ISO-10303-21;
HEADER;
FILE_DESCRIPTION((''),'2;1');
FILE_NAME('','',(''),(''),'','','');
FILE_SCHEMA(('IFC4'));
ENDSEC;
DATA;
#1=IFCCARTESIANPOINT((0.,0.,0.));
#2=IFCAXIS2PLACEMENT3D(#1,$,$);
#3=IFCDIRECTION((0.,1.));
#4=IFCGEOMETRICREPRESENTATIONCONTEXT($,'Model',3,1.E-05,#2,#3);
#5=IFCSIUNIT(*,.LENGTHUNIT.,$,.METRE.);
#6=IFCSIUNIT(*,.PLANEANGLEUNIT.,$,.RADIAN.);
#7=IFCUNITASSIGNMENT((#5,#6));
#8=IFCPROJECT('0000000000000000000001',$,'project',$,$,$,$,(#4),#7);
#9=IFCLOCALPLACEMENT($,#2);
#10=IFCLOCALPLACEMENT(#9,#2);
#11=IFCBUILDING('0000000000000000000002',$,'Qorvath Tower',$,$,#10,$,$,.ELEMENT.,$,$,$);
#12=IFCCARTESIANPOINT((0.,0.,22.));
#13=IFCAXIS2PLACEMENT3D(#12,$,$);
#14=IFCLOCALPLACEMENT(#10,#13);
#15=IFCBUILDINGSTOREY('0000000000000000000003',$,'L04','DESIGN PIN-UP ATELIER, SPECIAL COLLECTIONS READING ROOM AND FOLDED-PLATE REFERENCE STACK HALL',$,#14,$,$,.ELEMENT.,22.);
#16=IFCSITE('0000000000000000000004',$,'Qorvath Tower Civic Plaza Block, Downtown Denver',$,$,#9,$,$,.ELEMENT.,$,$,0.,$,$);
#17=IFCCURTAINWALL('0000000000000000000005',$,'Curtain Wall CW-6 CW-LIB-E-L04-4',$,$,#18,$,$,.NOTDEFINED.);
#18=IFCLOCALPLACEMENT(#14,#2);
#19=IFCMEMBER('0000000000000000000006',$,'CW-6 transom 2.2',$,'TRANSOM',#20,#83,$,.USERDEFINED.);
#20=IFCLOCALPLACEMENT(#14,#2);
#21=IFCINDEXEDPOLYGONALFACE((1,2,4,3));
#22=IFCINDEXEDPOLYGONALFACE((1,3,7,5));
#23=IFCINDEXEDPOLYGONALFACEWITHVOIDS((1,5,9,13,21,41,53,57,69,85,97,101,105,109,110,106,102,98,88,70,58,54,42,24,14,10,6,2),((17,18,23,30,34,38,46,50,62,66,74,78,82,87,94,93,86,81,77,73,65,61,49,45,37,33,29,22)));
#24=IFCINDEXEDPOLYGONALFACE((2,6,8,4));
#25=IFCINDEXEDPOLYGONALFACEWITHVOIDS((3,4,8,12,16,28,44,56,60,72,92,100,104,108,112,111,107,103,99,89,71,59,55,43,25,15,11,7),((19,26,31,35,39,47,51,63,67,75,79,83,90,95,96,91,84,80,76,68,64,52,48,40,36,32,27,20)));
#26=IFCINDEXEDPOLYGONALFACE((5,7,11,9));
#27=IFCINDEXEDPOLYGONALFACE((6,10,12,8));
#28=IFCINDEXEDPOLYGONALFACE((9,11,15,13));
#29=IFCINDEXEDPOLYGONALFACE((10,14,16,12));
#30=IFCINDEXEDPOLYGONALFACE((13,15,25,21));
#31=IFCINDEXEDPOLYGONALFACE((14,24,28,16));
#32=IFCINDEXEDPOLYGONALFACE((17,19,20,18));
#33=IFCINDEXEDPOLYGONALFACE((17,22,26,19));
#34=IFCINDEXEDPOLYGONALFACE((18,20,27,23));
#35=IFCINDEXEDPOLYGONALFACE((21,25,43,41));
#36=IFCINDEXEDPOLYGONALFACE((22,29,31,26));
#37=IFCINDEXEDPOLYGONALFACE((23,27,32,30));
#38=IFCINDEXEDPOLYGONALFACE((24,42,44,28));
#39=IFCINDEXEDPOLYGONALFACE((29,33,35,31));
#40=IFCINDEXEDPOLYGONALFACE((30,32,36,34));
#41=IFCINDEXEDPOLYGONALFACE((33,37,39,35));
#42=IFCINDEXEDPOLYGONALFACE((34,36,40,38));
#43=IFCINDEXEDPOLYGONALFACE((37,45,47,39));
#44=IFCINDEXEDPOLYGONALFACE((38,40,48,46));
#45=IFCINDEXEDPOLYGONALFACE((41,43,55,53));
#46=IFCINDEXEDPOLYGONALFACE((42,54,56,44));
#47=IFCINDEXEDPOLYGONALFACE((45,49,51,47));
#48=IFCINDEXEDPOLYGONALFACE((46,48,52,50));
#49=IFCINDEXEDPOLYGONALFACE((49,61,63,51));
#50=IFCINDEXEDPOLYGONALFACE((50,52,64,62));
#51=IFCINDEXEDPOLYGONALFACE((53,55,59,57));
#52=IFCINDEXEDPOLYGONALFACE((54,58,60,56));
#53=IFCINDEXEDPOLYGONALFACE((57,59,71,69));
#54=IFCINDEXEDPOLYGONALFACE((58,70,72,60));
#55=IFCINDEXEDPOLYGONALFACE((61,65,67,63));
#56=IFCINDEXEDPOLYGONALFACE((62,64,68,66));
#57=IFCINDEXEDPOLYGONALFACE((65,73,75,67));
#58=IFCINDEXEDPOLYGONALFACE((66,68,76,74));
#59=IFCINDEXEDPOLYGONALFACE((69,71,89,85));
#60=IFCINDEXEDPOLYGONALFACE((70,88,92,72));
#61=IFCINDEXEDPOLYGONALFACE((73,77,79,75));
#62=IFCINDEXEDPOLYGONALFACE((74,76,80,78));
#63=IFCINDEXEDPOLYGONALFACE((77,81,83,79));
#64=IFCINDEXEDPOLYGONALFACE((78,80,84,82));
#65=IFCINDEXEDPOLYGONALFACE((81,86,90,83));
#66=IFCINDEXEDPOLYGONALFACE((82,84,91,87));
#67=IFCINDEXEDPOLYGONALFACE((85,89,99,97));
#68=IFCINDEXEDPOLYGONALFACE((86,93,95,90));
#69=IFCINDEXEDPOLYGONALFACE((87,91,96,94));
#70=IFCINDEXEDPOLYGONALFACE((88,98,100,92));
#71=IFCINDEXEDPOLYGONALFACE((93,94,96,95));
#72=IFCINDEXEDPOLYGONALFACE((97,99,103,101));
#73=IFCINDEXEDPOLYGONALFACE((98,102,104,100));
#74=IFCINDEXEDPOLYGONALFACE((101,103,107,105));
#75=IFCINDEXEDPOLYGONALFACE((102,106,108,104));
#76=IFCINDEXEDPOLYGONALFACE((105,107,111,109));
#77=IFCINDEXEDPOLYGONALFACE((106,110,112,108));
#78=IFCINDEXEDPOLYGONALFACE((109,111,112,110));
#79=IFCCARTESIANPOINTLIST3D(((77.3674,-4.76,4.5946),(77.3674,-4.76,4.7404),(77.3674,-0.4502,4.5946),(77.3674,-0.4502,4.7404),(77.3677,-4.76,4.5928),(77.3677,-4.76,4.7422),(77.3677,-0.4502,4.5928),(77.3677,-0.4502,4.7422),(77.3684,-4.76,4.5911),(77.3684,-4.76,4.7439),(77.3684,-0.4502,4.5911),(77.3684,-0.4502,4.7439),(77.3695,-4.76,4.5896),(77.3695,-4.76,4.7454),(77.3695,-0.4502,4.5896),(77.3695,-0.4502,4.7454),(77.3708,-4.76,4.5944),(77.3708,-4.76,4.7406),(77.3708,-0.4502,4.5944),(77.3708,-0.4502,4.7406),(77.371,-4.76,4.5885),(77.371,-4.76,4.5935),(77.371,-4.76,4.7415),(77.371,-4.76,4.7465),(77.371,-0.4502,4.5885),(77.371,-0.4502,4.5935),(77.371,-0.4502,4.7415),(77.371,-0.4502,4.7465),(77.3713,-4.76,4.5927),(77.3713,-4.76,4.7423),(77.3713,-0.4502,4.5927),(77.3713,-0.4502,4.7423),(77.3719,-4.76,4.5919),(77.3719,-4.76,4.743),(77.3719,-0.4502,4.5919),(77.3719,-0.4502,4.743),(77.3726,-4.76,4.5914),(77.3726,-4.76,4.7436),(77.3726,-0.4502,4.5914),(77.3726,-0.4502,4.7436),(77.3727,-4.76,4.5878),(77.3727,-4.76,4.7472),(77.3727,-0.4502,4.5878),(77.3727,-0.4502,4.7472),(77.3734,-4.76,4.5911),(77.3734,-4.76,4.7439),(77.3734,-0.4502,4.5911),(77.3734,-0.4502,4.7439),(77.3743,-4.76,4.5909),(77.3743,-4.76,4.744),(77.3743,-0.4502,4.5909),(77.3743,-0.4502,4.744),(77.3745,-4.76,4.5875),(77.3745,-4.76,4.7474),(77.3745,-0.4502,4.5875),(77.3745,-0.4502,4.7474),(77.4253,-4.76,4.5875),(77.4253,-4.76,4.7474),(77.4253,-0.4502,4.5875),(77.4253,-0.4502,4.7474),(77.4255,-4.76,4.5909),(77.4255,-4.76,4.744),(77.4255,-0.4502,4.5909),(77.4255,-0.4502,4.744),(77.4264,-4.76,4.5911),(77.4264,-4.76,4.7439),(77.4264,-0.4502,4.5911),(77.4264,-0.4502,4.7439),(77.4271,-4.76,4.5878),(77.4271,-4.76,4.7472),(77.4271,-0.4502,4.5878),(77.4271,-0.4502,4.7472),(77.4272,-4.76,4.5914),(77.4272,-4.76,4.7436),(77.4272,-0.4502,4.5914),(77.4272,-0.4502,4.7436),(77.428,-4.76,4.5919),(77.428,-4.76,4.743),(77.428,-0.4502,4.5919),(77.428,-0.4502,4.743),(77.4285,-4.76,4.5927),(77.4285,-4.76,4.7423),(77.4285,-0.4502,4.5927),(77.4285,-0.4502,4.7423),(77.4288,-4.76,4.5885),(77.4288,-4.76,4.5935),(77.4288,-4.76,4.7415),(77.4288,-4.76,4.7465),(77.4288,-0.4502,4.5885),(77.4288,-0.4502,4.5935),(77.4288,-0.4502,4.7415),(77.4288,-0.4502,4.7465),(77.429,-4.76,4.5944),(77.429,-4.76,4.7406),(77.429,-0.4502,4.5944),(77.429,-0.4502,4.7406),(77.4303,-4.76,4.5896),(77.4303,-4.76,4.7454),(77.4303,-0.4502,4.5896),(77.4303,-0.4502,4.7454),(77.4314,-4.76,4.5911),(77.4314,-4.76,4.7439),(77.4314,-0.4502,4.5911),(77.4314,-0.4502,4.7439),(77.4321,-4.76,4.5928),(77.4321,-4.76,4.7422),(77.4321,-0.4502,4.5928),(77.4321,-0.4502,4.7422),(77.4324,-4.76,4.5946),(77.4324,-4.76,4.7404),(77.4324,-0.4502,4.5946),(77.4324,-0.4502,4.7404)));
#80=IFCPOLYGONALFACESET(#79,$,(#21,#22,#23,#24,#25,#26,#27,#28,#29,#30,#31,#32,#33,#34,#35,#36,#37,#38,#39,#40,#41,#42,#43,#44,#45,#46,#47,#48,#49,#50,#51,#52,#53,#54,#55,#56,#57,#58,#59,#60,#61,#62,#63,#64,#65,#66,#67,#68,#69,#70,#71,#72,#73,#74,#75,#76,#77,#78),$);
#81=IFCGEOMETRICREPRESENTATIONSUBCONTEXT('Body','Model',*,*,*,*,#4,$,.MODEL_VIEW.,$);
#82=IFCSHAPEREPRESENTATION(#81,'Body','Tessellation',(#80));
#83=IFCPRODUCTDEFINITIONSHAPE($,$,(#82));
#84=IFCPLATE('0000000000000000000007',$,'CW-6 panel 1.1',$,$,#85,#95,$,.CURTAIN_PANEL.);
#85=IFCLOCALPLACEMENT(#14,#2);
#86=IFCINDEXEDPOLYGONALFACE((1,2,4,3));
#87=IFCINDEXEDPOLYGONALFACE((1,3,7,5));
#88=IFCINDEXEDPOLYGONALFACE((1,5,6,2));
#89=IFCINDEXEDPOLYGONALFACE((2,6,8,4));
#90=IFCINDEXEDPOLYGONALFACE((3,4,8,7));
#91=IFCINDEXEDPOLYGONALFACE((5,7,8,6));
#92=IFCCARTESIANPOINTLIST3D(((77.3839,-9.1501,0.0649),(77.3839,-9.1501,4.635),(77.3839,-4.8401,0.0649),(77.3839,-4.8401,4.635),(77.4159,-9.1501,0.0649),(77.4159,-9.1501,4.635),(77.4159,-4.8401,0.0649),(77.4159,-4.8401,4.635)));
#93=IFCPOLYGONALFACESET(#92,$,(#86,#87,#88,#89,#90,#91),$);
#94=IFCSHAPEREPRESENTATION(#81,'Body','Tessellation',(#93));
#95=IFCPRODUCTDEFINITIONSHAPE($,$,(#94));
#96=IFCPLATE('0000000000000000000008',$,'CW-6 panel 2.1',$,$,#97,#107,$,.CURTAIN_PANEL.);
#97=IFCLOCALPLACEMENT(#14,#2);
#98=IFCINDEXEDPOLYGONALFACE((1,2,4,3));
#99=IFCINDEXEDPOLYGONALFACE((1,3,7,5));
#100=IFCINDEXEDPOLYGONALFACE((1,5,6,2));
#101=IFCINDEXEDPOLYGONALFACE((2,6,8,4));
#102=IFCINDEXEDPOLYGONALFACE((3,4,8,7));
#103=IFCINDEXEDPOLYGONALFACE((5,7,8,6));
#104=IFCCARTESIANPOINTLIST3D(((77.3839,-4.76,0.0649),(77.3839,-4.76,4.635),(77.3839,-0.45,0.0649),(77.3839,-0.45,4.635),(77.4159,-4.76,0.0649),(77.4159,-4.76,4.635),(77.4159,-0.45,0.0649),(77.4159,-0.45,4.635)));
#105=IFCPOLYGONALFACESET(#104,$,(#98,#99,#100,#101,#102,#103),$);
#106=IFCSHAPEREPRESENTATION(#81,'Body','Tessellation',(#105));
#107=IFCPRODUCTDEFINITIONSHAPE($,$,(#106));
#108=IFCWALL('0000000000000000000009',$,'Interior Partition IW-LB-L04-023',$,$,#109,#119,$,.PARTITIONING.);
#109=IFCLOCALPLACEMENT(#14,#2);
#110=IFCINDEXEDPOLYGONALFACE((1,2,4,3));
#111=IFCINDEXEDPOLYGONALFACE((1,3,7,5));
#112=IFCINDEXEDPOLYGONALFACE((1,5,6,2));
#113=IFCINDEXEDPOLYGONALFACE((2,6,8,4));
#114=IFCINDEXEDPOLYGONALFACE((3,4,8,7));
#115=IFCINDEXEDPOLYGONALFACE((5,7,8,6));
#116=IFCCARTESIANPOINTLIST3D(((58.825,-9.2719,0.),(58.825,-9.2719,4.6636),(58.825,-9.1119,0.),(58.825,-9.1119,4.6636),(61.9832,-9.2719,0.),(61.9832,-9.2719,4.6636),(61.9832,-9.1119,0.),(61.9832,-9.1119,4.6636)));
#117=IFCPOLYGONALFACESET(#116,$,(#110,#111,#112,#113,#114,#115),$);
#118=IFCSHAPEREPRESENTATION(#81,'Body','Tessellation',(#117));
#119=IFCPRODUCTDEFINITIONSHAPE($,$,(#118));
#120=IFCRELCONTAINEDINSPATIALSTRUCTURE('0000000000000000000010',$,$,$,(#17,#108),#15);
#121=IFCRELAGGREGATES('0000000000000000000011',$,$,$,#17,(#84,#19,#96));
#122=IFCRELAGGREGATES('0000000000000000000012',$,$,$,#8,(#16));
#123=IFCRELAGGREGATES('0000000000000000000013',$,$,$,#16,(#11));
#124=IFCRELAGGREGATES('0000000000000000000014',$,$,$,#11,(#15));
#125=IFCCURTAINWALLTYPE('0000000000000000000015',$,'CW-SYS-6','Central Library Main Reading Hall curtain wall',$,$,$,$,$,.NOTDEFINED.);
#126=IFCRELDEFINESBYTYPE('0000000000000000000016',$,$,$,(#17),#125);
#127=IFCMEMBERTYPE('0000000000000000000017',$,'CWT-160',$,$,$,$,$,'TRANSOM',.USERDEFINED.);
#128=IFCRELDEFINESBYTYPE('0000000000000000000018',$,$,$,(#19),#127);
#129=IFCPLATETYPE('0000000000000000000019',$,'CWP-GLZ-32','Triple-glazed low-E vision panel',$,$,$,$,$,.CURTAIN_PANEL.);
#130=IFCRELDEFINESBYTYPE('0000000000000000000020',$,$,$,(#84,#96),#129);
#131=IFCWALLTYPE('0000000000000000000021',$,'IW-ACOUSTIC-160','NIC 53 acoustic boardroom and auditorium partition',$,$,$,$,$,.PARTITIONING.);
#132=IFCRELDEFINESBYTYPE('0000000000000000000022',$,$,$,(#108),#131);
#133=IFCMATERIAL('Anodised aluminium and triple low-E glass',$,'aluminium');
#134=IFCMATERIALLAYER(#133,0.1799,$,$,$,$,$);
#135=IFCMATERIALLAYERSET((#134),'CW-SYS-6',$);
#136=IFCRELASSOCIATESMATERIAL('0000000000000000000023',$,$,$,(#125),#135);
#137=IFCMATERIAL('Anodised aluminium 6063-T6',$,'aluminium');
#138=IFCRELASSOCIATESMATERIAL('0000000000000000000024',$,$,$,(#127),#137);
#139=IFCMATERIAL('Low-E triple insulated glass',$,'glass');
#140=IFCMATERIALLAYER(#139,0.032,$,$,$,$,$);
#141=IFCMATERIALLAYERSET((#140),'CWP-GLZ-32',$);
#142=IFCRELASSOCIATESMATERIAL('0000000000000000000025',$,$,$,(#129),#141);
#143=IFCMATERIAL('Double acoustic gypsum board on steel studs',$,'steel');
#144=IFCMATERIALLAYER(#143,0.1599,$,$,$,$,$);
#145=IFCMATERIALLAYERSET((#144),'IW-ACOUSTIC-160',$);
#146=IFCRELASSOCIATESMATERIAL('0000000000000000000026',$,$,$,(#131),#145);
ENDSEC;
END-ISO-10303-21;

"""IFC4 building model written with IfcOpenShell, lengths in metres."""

from ifc_helpers import new_model, si_unit, direction, frame, frame_2d, origin, origin_2d, place, context, subcontext, project, spatial, rectangle, hollow_rectangle, extrude, material, layer, layer_set, material_profile, profile_set, type_object, element, aggregate, save


model = new_model("IFC4")

# Units and contexts
model_context = context("Model", 3, precision=1e-05, world=origin(), true_north=direction((0.0, 1.0)))
body_context = subcontext(model_context, "Body", "Model", "MODEL_VIEW")
ifc_project = project(units=[si_unit("LENGTHUNIT", "METRE"), si_unit("PLANEANGLEUNIT", "RADIAN")], contexts=[model_context])

# Site, building, storey
site_placement = place(None, origin())
site = spatial("IfcSite", under=ifc_project, at=site_placement, Name="Qorvath Tower Civic Plaza Block, Downtown Denver", CompositionType="ELEMENT", RefElevation=0.0)
building_placement = place(site_placement, origin())
building = spatial("IfcBuilding", under=site, at=building_placement, Name="Qorvath Tower", CompositionType="ELEMENT")
storey_placement = place(building_placement, frame((0.0, 0.0, 22.0)))
storey = spatial("IfcBuildingStorey", under=building, at=storey_placement, Name="L04", Description="DESIGN PIN-UP ATELIER, SPECIAL COLLECTIONS READING ROOM AND FOLDED-PLATE REFERENCE STACK HALL", CompositionType="ELEMENT", Elevation=22.0)

# Curtain wall, member, plates
ifc_material_1 = material(Name="Anodised aluminium and triple low-E glass", Category="aluminium")
ifc_layer_1 = layer(ifc_material_1, 0.1799)
ifc_layer_set_1 = layer_set([ifc_layer_1], Name="CW-SYS-6")
curtain_wall_type = type_object("IfcCurtainWallType", Name="CW-SYS-6", Description="Central Library Main Reading Hall curtain wall", PredefinedType="NOTDEFINED", material=ifc_layer_set_1)
curtain_wall_placement = place(storey_placement, origin())
curtain_wall = element("IfcCurtainWall", 1, at=curtain_wall_placement, inside=storey, type_object=curtain_wall_type, Name="Curtain Wall CW-6 CW-LIB-E-L04-4", PredefinedType="NOTDEFINED")
ifc_material_2 = material(Name="Anodised aluminium 6063-T6", Category="aluminium")
ifc_material_profile_1 = material_profile(ifc_material_2, hollow_rectangle(XDim=0.0649, YDim=0.1599, WallThickness=0.0034, InnerFilletRadius=0.0034, OuterFilletRadius=0.0071, at=origin_2d()), Name="CWT 160x65")
ifc_profile_set_1 = profile_set([ifc_material_profile_1], Name="Anodised aluminium 6063-T6")
member_type_1 = type_object("IfcMemberType", Name="CWT-160", ElementType="TRANSOM", PredefinedType="USERDEFINED", material=ifc_profile_set_1)
member_1_placement = place(storey_placement, frame((77.3999, -4.76, 4.6675), z_axis=(0.0, 1.0, 0.0), x_axis=(-1.0, 0.0, 0.0)))
member_1 = element("IfcMember", 2, at=member_1_placement, type_object=member_type_1, Name="CW-6 transom 2.2", ObjectType="TRANSOM", PredefinedType="USERDEFINED", context=body_context, shape_type="SweptSolid", body=[
    extrude(hollow_rectangle(XDim=0.0649, YDim=0.1599, WallThickness=0.0034, InnerFilletRadius=0.0034, OuterFilletRadius=0.0071, at=origin_2d()), origin(), (0.0, 0.0, 1.0), 4.3098),
])
ifc_material_3 = material(Name="Low-E triple insulated glass", Category="glass")
ifc_layer_2 = layer(ifc_material_3, 0.032)
ifc_layer_set_2 = layer_set([ifc_layer_2], Name="CWP-GLZ-32")
plate_type = type_object("IfcPlateType", Name="CWP-GLZ-32", Description="Triple-glazed low-E vision panel", PredefinedType="CURTAIN_PANEL", material=ifc_layer_set_2)
plate_1_placement = place(storey_placement, frame((77.3999, -6.9951, 0.0649), z_axis=(0.0, 0.0, 1.0), x_axis=(0.0, 1.0, 0.0)))
plate_1 = element("IfcPlate", 3, at=plate_1_placement, type_object=plate_type, Name="CW-6 panel 1.1", PredefinedType="CURTAIN_PANEL", context=body_context, shape_type="SweptSolid", body=[
    extrude(rectangle(XDim=4.3101, YDim=0.032, at=origin_2d()), origin(), (0.0, 0.0, 1.0), 4.5701),
])
plate_2_placement = place(storey_placement, frame((77.3999, -2.605, 0.0649), z_axis=(0.0, 0.0, 1.0), x_axis=(0.0, 1.0, 0.0)))
plate_2 = element("IfcPlate", 4, at=plate_2_placement, type_object=plate_type, Name="CW-6 panel 2.1", PredefinedType="CURTAIN_PANEL", context=body_context, shape_type="SweptSolid", body=[
    extrude(rectangle(XDim=4.3101, YDim=0.032, at=origin_2d()), origin(), (0.0, 0.0, 1.0), 4.5701),
])
aggregate(curtain_wall, [plate_1, member_1, plate_2])

# Shared definitions
ifc_material_4 = material(Name="Double acoustic gypsum board on steel studs", Category="steel")
ifc_layer_3 = layer(ifc_material_4, 0.1599)
ifc_layer_set_3 = layer_set([ifc_layer_3], Name="IW-ACOUSTIC-160")
wall_type = type_object("IfcWallType", Name="IW-ACOUSTIC-160", Description="NIC 53 acoustic boardroom and auditorium partition", PredefinedType="PARTITIONING", material=ifc_layer_set_3)

# Wall
wall_1_placement = place(storey_placement, frame((58.825, -9.1919, 0.0), z_axis=(0.0, 0.0, 1.0), x_axis=(1.0, 0.0, 0.0)))
element("IfcWall", 5, at=wall_1_placement, inside=storey, type_object=wall_type, Name="Interior Partition IW-LB-L04-023", PredefinedType="PARTITIONING", context=body_context, shape_type="SweptSolid", body=[
    extrude(rectangle(XDim=3.1582, YDim=0.1599, at=frame_2d((1.5791, 0.0))), origin(), (0.0, 0.0, 1.0), 4.6636),
])

save(model, "model.ifc")
